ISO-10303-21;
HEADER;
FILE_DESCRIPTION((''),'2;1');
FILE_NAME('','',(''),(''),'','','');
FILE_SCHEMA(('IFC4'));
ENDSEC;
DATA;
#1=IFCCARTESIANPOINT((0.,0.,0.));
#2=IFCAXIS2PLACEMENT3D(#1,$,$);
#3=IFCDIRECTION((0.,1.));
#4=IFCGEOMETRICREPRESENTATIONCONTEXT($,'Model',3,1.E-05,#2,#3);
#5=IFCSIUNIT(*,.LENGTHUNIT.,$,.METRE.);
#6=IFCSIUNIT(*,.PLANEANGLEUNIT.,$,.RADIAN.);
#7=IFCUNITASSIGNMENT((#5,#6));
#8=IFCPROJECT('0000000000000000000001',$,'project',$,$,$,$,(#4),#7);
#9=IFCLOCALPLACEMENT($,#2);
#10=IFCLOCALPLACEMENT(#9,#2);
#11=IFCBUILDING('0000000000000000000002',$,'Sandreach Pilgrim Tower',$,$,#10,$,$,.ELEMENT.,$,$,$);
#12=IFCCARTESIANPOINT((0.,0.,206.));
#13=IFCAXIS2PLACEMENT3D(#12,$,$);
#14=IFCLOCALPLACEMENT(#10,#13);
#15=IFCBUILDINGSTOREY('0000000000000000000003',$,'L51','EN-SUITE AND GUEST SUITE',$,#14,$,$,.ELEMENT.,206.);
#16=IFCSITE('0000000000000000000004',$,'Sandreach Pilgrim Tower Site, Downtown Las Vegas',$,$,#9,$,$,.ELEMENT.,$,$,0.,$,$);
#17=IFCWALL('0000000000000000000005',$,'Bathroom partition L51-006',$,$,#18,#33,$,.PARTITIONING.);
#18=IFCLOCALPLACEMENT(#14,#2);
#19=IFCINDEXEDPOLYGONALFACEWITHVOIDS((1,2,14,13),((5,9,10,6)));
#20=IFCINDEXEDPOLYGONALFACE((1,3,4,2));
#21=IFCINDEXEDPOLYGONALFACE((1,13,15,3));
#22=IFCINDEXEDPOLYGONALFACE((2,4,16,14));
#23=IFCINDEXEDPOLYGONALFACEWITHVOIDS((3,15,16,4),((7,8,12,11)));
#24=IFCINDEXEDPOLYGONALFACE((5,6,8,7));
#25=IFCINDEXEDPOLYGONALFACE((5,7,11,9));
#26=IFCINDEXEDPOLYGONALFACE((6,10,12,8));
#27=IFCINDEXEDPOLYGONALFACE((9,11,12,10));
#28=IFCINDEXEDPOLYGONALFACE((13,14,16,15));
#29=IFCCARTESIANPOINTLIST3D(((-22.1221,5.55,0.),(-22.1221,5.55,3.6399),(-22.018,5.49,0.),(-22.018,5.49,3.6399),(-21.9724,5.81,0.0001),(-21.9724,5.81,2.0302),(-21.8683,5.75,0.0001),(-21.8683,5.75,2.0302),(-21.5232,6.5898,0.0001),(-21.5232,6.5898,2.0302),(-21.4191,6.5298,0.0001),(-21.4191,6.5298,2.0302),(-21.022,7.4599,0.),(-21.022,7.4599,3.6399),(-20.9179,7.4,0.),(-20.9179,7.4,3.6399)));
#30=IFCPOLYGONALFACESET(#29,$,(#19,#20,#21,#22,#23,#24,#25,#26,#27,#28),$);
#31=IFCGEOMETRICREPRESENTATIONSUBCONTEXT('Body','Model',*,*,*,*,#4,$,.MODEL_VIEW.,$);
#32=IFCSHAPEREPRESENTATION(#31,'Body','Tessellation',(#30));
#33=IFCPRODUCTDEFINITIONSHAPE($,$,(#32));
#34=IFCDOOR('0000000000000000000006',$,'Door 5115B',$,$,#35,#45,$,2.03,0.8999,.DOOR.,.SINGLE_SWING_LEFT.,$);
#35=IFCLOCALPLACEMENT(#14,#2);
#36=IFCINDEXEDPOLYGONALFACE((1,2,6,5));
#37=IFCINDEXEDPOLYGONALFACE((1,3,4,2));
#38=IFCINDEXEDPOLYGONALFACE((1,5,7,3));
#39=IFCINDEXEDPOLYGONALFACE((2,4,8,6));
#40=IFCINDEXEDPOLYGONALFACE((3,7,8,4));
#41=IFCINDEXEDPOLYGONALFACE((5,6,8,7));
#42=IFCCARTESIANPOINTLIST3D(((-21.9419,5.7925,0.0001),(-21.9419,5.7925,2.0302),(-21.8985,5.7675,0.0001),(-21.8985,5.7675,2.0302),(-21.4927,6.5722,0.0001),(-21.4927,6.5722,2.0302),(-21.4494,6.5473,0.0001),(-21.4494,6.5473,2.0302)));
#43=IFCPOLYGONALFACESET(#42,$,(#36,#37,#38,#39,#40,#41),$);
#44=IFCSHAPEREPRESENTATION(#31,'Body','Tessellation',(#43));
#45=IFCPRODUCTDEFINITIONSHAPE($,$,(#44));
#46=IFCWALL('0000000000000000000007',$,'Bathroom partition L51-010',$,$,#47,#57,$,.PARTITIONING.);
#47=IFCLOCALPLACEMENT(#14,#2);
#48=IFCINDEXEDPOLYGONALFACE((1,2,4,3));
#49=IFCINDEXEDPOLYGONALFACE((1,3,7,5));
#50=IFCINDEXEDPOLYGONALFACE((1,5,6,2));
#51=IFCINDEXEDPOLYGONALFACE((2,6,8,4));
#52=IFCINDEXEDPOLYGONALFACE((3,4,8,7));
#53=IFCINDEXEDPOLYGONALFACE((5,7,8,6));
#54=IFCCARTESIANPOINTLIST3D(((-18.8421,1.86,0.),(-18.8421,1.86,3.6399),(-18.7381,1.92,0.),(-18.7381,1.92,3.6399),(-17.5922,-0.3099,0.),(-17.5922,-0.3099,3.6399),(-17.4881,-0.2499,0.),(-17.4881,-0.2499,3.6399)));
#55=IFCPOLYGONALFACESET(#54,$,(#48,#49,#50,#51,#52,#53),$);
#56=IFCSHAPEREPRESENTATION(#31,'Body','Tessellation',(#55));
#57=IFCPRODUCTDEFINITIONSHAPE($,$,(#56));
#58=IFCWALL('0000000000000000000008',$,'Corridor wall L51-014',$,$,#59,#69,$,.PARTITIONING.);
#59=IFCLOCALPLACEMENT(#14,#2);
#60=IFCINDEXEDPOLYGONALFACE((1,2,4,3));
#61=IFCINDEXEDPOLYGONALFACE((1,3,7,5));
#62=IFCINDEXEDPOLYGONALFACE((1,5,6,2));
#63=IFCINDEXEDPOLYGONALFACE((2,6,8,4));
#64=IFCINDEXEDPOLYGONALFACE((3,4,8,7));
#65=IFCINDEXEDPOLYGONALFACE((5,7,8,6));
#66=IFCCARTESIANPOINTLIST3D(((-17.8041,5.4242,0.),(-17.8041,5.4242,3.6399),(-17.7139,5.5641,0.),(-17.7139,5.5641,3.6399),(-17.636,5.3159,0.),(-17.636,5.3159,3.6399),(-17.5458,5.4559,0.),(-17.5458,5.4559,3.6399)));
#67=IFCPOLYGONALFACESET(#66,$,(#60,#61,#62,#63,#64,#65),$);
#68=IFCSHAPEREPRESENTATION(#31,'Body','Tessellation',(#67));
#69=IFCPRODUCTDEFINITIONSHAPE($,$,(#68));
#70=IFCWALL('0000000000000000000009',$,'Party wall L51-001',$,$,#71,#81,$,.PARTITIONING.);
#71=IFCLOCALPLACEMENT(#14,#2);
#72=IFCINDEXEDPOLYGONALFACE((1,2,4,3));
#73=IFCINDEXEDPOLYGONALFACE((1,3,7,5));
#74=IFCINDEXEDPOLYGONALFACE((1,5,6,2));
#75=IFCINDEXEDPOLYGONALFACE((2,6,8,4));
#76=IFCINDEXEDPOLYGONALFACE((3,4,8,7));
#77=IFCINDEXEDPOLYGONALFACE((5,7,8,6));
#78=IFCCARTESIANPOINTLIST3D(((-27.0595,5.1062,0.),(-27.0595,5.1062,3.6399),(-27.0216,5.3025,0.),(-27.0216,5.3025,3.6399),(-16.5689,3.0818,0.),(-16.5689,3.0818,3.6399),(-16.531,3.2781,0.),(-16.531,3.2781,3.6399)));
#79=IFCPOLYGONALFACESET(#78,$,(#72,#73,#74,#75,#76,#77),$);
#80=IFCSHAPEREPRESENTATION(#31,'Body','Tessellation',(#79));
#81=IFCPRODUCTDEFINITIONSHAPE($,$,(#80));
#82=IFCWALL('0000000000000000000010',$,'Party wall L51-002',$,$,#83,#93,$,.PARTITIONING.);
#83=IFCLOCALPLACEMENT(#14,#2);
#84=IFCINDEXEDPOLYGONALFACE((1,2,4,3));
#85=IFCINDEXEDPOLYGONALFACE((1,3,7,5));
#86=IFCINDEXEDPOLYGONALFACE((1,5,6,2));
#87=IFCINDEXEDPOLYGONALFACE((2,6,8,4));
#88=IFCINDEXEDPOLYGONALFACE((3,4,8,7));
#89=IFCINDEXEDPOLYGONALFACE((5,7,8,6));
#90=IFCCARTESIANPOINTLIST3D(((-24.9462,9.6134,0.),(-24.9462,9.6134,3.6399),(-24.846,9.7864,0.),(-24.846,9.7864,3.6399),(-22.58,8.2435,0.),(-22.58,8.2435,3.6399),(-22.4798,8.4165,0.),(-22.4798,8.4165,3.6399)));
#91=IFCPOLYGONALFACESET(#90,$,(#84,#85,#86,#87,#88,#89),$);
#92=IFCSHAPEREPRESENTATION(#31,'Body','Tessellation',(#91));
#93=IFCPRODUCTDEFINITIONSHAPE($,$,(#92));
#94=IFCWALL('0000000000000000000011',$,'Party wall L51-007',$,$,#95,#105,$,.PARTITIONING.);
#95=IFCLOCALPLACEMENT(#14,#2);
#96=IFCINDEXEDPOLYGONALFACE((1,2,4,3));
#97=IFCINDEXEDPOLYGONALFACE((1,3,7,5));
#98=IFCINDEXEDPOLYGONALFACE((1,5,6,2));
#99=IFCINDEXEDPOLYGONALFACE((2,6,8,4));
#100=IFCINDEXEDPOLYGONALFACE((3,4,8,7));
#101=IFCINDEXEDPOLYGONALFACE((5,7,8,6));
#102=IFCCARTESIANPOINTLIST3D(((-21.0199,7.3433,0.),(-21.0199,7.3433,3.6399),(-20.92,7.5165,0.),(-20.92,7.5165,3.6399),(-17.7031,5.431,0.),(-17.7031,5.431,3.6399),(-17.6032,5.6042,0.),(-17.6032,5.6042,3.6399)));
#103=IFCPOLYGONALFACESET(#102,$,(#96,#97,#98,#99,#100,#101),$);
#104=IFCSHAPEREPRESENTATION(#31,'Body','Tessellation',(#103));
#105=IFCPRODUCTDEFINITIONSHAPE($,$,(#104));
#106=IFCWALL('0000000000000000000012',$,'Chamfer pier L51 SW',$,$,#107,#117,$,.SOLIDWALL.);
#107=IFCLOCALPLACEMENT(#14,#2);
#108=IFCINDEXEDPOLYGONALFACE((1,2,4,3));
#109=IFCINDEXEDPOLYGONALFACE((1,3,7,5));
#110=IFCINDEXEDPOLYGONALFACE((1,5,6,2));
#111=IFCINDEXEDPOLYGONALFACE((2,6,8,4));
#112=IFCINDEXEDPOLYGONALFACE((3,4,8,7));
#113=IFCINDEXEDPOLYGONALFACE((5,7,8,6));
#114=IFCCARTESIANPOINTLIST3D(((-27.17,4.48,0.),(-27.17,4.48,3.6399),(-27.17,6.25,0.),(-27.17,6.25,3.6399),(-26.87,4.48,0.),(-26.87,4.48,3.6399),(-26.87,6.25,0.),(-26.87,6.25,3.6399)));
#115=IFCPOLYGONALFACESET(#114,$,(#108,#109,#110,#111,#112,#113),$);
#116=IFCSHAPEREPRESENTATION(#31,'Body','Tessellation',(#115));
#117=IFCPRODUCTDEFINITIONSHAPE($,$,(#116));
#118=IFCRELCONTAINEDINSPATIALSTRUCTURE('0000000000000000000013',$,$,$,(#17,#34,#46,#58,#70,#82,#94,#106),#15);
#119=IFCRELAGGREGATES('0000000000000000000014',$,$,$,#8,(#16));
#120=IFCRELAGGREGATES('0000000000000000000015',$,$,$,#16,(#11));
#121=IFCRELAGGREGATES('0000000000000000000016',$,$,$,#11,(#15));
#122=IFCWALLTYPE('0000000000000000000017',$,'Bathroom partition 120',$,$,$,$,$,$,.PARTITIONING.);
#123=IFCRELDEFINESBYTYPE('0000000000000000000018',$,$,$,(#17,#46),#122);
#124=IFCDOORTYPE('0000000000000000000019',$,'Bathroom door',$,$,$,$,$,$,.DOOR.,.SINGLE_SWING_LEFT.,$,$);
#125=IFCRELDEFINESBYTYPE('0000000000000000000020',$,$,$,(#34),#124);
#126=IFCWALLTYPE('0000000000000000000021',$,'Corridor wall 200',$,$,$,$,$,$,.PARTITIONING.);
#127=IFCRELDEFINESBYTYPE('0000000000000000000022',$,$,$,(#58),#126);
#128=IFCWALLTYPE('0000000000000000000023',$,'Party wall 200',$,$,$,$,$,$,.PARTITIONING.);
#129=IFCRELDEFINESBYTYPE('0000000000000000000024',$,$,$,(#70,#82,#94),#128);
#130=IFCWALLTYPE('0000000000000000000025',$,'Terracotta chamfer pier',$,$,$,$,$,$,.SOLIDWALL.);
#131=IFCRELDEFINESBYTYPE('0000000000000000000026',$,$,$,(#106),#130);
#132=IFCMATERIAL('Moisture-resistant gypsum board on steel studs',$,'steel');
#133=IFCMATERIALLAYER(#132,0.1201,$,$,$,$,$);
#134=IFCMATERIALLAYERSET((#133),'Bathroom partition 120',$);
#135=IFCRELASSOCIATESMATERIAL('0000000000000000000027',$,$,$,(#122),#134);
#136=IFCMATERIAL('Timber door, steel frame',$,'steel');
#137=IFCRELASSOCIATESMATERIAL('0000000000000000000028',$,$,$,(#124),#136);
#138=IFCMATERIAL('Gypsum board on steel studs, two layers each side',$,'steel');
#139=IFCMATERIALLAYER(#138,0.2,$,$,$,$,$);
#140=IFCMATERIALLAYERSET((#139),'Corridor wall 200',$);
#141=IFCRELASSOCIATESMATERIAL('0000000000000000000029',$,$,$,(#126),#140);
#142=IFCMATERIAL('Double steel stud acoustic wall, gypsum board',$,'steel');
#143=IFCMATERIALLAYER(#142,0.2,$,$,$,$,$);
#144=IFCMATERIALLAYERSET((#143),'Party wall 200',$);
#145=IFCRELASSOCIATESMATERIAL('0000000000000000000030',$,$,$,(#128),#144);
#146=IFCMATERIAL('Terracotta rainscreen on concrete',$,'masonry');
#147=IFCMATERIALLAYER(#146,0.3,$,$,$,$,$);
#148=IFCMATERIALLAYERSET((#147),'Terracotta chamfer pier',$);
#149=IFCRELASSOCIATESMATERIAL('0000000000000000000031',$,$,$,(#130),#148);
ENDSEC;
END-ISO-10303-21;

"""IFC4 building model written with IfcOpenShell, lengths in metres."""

from ifc_helpers import new_model, si_unit, direction, frame, frame_2d, origin, place, context, subcontext, project, spatial, rectangle, extrude, material, layer, layer_set, type_object, element, fill, save


model = new_model("IFC4")

# Units and contexts
model_context = context("Model", 3, precision=1e-05, world=origin(), true_north=direction((0.0, 1.0)))
body_context = subcontext(model_context, "Body", "Model", "MODEL_VIEW")
ifc_project = project(units=[si_unit("LENGTHUNIT", "METRE"), si_unit("PLANEANGLEUNIT", "RADIAN")], contexts=[model_context])

# Site, building, storey
site_placement = place(None, origin())
site = spatial("IfcSite", under=ifc_project, at=site_placement, Name="Sandreach Pilgrim Tower Site, Downtown Las Vegas", CompositionType="ELEMENT", RefElevation=0.0)
building_placement = place(site_placement, origin())
building = spatial("IfcBuilding", under=site, at=building_placement, Name="Sandreach Pilgrim Tower", CompositionType="ELEMENT")
storey_placement = place(building_placement, frame((0.0, 0.0, 206.0)))
storey = spatial("IfcBuildingStorey", under=building, at=storey_placement, Name="L51", Description="EN-SUITE AND GUEST SUITE", CompositionType="ELEMENT", Elevation=206.0)

# Shared definitions
ifc_material_1 = material(Name="Moisture-resistant gypsum board on steel studs", Category="steel")
ifc_layer_1 = layer(ifc_material_1, 0.1201)
ifc_layer_set_1 = layer_set([ifc_layer_1], Name="Bathroom partition 120")
wall_type_1 = type_object("IfcWallType", Name="Bathroom partition 120", PredefinedType="PARTITIONING", material=ifc_layer_set_1)

# Wall, opening, door
wall_1_placement = place(storey_placement, frame((-22.0701, 5.52, 0.0), z_axis=(0.0, 0.0, 1.0), x_axis=(0.499118, 0.866534, 0.0)))
wall_1 = element("IfcWall", 1, at=wall_1_placement, inside=storey, type_object=wall_type_1, Name="Bathroom partition L51-006", PredefinedType="PARTITIONING", context=body_context, shape_type="SweptSolid", body=[
    extrude(rectangle(XDim=2.2041, YDim=0.1201, at=frame_2d((1.1021, 0.0))), origin(), (0.0, 0.0, 1.0), 3.6399),
])
opening_1_placement = place(wall_1_placement, frame((0.3, 0.0, 0.0)))
opening_1 = element("IfcOpeningElement", 2, at=opening_1_placement, cuts=wall_1, PredefinedType="OPENING", context=body_context, shape_type="SweptSolid", body=[
    extrude(rectangle(XDim=0.8999, YDim=2.03, at=frame_2d((0.45, 1.0151))), frame((0.0, 0.0601, 0.0), z_axis=(0.0, -1.0, 0.0), x_axis=(1.0, 0.0, 0.0)), (0.0, 0.0, 1.0), 0.1201),
])
ifc_material_2 = material(Name="Timber door, steel frame", Category="steel")
door_type_1 = type_object("IfcDoorType", Name="Bathroom door", OperationType="SINGLE_SWING_LEFT", PredefinedType="DOOR", material=ifc_material_2)
door_1_placement = place(opening_1_placement, origin())
door_1 = element("IfcDoor", 3, at=door_1_placement, inside=storey, type_object=door_type_1, Name="Door 5115B", OperationType="SINGLE_SWING_LEFT", OverallHeight=2.03, OverallWidth=0.8999, PredefinedType="DOOR", context=body_context, shape_type="SweptSolid", body=[
    extrude(rectangle(XDim=0.8999, YDim=2.03, at=frame_2d((0.45, 1.0151))), frame((0.0, 0.0249, 0.0), z_axis=(0.0, -1.0, 0.0), x_axis=(1.0, 0.0, 0.0)), (0.0, 0.0, 1.0), 0.05),
])
fill(opening_1, door_1)

# Wall
wall_2_placement = place(storey_placement, frame((-18.79, 1.8899, 0.0), z_axis=(0.0, 0.0, 1.0), x_axis=(0.49916, -0.86651, 0.0)))
element("IfcWall", 4, at=wall_2_placement, inside=storey, type_object=wall_type_1, Name="Bathroom partition L51-010", PredefinedType="PARTITIONING", context=body_context, shape_type="SweptSolid", body=[
    extrude(rectangle(XDim=2.5042, YDim=0.1201, at=frame_2d((1.252, 0.0))), origin(), (0.0, 0.0, 1.0), 3.6399),
])

# Shared definitions
ifc_material_3 = material(Name="Gypsum board on steel studs, two layers each side", Category="steel")
ifc_layer_2 = layer(ifc_material_3, 0.2)
ifc_layer_set_2 = layer_set([ifc_layer_2], Name="Corridor wall 200")
wall_type_2 = type_object("IfcWallType", Name="Corridor wall 200", PredefinedType="PARTITIONING", material=ifc_layer_set_2)

# Walls
wall_3_placement = place(storey_placement, frame((-17.6299, 5.51, 0.0), z_axis=(0.0, 0.0, 1.0), x_axis=(-0.541425, -0.840749, 0.0)))
element("IfcWall", 5, at=wall_3_placement, inside=storey, type_object=wall_type_2, Name="Corridor wall L51-014", PredefinedType="PARTITIONING", context=body_context, shape_type="SweptSolid", body=[
    extrude(rectangle(XDim=0.1665, YDim=0.2, at=frame_2d((0.0833, 0.0))), origin(), (0.0, 0.0, 1.0), 3.6399),
])
ifc_material_4 = material(Name="Double steel stud acoustic wall, gypsum board", Category="steel")
ifc_layer_3 = layer(ifc_material_4, 0.2)
ifc_layer_set_3 = layer_set([ifc_layer_3], Name="Party wall 200")
wall_type_3 = type_object("IfcWallType", Name="Party wall 200", PredefinedType="PARTITIONING", material=ifc_layer_set_3)
wall_4_placement = place(storey_placement, frame((-27.0405, 5.2043, 0.0), z_axis=(0.0, 0.0, 1.0), x_axis=(0.981884, -0.18948, 0.0)))
element("IfcWall", 6, at=wall_4_placement, inside=storey, type_object=wall_type_3, Name="Party wall L51-001", PredefinedType="PARTITIONING", context=body_context, shape_type="SweptSolid", body=[
    extrude(rectangle(XDim=10.6841, YDim=0.2, at=frame_2d((5.342, 0.0))), origin(), (0.0, 0.0, 1.0), 3.6399),
])
wall_5_placement = place(storey_placement, frame((-24.8962, 9.7, 0.0), z_axis=(0.0, 0.0, 1.0), x_axis=(0.865432, -0.501026, 0.0)))
element("IfcWall", 7, at=wall_5_placement, inside=storey, type_object=wall_type_3, Name="Party wall L51-002", PredefinedType="PARTITIONING", context=body_context, shape_type="SweptSolid", body=[
    extrude(rectangle(XDim=2.7341, YDim=0.2, at=frame_2d((1.3672, 0.0))), origin(), (0.0, 0.0, 1.0), 3.6399),
])
wall_6_placement = place(storey_placement, frame((-20.97, 7.4299, 0.0), z_axis=(0.0, 0.0, 1.0), x_axis=(0.866326, -0.49948, 0.0)))
element("IfcWall", 8, at=wall_6_placement, inside=storey, type_object=wall_type_3, Name="Party wall L51-007", PredefinedType="PARTITIONING", context=body_context, shape_type="SweptSolid", body=[
    extrude(rectangle(XDim=3.8286, YDim=0.2, at=frame_2d((1.9143, 0.0))), origin(), (0.0, 0.0, 1.0), 3.6399),
])
ifc_material_5 = material(Name="Terracotta rainscreen on concrete", Category="masonry")
ifc_layer_4 = layer(ifc_material_5, 0.3)
ifc_layer_set_4 = layer_set([ifc_layer_4], Name="Terracotta chamfer pier")
wall_type_4 = type_object("IfcWallType", Name="Terracotta chamfer pier", PredefinedType="SOLIDWALL", material=ifc_layer_set_4)
wall_7_placement = place(storey_placement, frame((-27.02, 4.48, 0.0), z_axis=(0.0, 0.0, 1.0), x_axis=(0.0, 1.0, 0.0)))
element("IfcWall", 9, at=wall_7_placement, inside=storey, type_object=wall_type_4, Name="Chamfer pier L51 SW", PredefinedType="SOLIDWALL", context=body_context, shape_type="SweptSolid", body=[
    extrude(rectangle(XDim=1.77, YDim=0.3, at=frame_2d((0.885, 0.0))), origin(), (0.0, 0.0, 1.0), 3.6399),
])

save(model, "model.ifc")
